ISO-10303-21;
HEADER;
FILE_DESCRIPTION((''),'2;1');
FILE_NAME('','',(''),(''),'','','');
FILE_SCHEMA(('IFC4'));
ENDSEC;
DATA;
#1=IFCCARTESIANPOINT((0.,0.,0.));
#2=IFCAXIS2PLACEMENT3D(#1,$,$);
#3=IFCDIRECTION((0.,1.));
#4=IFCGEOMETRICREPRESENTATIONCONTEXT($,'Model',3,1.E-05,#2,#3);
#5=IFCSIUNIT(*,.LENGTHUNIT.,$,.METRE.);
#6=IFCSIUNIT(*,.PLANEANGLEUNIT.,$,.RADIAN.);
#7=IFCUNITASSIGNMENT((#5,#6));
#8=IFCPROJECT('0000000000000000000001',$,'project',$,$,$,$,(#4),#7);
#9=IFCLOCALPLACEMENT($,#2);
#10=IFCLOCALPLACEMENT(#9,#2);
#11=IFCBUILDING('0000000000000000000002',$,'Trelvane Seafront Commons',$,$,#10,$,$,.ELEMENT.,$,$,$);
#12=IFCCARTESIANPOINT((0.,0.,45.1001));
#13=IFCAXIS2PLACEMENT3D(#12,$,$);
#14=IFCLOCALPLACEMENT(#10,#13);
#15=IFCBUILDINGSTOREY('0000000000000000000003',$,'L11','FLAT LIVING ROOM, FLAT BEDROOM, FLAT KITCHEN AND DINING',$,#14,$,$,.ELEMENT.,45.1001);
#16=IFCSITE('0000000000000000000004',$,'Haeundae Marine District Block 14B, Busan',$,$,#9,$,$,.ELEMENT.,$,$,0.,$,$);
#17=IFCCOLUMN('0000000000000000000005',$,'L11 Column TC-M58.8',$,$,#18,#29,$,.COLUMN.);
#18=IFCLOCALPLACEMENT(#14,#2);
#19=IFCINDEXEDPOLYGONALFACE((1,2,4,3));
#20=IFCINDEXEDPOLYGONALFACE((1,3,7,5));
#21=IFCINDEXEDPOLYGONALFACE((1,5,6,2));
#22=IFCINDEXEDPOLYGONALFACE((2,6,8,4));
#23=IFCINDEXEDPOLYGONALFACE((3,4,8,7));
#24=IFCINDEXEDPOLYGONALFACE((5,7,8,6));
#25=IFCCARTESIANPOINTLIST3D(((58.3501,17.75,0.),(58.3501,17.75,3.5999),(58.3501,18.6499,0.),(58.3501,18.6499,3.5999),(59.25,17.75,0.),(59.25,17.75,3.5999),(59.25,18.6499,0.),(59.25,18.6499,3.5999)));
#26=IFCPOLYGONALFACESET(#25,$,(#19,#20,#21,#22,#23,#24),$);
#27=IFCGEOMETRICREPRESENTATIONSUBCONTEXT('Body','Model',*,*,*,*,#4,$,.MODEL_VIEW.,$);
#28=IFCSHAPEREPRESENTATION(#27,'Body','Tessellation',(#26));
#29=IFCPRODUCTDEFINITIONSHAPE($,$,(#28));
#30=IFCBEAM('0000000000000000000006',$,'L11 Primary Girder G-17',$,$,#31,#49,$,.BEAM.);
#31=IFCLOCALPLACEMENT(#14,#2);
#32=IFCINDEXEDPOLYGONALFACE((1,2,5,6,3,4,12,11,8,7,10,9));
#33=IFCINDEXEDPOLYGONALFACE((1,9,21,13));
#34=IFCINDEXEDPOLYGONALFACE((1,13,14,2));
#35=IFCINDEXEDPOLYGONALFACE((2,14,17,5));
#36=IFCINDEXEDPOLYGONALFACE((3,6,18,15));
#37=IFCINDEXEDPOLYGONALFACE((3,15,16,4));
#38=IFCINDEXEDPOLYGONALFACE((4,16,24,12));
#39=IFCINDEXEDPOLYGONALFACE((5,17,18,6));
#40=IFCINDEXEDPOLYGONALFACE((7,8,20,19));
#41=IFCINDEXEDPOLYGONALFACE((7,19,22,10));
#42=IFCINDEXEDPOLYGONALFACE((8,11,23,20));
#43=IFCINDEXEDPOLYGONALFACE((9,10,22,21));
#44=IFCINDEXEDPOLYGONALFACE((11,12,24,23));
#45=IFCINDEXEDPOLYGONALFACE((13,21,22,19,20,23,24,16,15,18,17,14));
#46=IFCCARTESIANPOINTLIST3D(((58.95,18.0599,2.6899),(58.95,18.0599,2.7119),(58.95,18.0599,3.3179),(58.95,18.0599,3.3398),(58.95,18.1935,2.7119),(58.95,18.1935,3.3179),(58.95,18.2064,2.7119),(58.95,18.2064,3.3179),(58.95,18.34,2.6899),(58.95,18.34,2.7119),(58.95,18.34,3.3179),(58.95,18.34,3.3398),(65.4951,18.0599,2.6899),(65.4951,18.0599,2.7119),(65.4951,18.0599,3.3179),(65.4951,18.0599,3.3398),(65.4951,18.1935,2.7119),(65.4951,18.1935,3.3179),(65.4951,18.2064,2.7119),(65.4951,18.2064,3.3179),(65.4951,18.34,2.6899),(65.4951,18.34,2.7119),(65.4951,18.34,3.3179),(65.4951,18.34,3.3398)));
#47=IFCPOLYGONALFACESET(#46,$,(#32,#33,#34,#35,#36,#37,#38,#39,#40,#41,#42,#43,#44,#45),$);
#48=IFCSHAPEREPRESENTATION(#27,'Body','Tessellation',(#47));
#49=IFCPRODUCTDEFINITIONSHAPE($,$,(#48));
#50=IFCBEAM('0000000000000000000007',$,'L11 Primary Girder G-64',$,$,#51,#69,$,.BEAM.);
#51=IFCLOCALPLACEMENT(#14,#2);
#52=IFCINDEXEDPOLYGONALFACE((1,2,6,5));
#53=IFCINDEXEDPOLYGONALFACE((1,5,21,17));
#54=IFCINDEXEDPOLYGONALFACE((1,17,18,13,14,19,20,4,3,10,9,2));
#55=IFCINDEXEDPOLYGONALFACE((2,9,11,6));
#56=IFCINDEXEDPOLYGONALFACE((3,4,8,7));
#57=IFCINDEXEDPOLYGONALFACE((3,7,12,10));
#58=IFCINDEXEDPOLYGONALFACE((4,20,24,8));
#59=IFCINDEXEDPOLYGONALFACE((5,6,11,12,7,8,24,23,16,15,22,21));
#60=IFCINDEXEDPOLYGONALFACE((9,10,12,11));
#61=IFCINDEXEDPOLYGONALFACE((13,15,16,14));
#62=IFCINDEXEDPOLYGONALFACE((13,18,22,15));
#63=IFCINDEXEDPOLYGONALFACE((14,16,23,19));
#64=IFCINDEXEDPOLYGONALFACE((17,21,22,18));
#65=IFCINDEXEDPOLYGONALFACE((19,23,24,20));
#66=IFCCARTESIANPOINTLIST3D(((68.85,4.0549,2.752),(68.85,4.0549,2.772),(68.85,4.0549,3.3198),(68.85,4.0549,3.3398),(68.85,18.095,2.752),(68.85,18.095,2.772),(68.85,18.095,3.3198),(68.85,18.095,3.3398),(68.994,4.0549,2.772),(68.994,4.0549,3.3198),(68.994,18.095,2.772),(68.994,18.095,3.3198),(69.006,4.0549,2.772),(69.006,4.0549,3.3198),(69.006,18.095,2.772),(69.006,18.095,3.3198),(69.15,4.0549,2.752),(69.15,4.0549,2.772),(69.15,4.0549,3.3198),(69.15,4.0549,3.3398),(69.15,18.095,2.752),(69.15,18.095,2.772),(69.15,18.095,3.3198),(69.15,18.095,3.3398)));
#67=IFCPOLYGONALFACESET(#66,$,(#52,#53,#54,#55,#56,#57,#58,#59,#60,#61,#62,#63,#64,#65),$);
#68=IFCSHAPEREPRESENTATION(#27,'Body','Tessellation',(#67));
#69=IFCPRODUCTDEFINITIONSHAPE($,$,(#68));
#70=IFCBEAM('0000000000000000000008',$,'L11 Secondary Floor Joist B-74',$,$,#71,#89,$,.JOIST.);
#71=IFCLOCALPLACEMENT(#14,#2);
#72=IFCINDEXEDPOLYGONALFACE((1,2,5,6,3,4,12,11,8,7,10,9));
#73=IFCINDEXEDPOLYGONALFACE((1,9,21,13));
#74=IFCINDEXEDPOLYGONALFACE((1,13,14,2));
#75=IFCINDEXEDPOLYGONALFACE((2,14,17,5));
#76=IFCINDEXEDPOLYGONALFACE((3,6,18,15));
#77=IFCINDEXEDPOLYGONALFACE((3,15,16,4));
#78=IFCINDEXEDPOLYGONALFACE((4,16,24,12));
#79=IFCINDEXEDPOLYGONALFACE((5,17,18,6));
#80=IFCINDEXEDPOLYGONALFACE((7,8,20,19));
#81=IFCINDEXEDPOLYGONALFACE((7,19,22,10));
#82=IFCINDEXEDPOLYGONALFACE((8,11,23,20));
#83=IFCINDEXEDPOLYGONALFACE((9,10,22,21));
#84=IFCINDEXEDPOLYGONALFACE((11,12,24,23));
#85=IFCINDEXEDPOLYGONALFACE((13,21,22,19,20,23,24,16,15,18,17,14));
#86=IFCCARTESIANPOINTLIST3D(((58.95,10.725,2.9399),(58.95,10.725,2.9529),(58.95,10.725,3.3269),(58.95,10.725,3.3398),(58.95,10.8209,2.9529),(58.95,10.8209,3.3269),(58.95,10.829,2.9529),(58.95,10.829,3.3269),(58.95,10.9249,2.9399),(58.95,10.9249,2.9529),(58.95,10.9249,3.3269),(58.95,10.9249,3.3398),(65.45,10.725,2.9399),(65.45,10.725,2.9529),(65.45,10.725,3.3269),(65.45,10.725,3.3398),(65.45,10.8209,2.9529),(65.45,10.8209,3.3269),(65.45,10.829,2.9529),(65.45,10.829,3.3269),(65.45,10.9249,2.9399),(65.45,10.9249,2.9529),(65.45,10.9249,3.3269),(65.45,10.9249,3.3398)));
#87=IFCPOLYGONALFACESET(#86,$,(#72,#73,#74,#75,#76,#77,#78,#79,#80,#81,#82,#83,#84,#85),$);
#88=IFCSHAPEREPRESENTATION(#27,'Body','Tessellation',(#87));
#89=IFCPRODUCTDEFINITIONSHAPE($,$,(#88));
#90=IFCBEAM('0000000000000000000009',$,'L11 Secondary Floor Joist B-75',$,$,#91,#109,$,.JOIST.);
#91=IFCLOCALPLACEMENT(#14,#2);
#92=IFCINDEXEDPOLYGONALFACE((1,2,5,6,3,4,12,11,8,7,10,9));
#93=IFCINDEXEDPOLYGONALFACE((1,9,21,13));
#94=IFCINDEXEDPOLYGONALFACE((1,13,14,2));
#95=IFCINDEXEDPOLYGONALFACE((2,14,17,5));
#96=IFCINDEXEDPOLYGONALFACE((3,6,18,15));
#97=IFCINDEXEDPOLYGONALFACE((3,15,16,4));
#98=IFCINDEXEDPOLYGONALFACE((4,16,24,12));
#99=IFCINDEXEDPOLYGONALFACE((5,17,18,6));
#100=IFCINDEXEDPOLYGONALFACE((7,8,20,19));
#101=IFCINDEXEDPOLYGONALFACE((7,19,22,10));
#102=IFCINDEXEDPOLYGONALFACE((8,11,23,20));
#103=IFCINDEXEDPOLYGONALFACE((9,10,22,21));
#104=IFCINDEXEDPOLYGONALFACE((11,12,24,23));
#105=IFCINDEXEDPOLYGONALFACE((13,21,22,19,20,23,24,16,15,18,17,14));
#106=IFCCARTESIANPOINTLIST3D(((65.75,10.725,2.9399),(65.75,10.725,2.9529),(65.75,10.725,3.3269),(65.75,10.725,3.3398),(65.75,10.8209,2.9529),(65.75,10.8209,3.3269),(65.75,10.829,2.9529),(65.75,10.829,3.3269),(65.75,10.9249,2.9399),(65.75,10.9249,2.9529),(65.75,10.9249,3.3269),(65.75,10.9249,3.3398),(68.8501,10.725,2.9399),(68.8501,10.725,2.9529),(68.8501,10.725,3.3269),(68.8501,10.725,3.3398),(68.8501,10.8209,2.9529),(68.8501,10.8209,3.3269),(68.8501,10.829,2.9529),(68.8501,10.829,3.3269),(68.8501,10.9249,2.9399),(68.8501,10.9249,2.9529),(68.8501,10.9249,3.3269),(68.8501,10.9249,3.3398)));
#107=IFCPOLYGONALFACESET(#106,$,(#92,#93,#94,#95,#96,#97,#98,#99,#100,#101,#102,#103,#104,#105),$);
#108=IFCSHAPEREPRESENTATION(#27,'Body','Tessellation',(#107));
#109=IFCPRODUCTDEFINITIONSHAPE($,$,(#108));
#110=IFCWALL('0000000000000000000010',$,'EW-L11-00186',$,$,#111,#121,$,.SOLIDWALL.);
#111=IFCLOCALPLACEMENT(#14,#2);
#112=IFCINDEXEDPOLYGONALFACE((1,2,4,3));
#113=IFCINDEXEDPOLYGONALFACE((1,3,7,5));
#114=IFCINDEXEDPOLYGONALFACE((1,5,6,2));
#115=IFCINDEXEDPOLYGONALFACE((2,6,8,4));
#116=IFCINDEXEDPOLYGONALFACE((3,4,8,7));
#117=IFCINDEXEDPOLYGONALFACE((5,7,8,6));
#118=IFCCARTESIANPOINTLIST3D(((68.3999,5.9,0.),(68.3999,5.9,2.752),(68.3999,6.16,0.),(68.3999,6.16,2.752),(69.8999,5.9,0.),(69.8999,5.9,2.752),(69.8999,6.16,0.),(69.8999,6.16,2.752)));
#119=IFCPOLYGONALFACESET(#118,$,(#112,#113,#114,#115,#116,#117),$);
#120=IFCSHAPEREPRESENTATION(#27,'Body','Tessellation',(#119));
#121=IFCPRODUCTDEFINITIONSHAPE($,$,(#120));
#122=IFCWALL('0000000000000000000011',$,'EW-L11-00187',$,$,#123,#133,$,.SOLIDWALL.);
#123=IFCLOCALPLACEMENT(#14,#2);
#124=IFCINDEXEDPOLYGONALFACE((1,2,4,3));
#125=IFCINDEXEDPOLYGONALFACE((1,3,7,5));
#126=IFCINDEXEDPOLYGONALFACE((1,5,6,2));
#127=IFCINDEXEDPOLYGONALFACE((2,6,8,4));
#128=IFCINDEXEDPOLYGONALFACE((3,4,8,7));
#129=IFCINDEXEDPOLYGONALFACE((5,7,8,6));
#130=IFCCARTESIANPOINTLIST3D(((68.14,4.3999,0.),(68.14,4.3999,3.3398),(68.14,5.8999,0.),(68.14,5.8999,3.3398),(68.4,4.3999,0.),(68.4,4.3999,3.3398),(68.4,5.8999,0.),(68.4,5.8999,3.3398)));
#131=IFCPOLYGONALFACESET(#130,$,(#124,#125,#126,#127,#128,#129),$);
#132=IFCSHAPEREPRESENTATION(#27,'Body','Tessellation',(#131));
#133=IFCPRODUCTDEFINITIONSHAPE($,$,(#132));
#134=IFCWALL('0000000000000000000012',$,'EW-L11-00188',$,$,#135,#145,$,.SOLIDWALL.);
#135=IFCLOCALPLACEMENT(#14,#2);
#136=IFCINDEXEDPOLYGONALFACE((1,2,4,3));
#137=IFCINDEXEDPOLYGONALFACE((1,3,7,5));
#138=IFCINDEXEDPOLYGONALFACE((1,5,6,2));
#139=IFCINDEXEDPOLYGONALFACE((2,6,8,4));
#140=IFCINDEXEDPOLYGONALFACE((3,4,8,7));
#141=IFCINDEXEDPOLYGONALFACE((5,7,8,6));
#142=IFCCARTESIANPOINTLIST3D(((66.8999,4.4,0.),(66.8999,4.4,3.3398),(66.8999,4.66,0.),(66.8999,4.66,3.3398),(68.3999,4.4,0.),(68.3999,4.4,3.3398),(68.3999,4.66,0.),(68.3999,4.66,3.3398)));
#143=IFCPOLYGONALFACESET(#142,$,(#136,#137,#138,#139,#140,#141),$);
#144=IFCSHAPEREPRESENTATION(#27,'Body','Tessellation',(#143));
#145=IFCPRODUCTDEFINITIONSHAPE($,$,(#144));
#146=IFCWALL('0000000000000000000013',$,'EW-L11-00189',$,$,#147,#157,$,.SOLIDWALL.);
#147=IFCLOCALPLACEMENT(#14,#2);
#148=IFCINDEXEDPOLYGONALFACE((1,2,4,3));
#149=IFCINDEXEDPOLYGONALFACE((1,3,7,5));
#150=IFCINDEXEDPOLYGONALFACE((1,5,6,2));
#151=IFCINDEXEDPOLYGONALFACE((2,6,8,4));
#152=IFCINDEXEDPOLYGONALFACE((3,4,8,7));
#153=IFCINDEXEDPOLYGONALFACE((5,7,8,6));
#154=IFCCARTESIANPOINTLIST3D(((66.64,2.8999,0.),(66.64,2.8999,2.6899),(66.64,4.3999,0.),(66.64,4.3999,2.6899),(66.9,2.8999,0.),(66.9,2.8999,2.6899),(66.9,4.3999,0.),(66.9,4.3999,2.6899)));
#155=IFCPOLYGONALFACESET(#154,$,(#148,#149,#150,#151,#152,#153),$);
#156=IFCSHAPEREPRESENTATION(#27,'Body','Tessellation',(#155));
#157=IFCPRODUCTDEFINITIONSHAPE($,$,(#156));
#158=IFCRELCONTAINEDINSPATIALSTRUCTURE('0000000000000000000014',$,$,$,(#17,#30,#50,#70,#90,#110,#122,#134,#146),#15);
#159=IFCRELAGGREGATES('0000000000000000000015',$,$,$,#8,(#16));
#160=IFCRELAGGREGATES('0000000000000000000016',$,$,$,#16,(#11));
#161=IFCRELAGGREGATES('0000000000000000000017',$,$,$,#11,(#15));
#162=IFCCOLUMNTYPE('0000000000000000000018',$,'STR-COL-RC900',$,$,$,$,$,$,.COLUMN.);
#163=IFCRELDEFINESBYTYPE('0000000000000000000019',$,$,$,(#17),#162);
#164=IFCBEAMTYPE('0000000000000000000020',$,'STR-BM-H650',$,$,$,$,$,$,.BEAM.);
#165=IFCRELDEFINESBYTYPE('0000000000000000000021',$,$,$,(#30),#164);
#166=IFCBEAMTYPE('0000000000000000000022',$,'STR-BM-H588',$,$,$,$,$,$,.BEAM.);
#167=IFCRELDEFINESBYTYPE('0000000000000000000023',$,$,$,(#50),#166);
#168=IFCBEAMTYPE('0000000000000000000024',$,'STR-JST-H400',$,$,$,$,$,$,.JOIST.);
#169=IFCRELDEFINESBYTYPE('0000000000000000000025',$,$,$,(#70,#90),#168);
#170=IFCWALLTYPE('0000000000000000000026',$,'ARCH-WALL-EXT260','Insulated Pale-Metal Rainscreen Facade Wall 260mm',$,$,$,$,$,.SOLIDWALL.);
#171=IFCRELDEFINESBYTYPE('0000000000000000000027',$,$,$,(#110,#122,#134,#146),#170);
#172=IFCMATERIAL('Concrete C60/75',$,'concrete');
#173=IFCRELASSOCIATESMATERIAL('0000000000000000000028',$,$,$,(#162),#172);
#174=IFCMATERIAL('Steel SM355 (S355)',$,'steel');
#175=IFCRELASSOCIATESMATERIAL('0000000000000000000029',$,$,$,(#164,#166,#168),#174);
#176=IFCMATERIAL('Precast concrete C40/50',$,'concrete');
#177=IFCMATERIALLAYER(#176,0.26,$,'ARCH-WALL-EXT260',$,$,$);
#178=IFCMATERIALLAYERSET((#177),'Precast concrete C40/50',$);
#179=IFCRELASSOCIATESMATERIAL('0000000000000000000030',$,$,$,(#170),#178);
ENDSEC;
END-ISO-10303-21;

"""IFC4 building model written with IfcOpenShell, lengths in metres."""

from ifc_helpers import new_model, si_unit, direction, frame, frame_2d, origin, origin_2d, place, context, subcontext, project, spatial, rectangle, i_section, extrude, source, transform, mapped, material, layer, layer_set, material_profile, profile_set, type_object, element, save


model = new_model("IFC4")

# Units and contexts
model_context = context("Model", 3, precision=1e-05, world=origin(), true_north=direction((0.0, 1.0)))
body_context = subcontext(model_context, "Body", "Model", "MODEL_VIEW")
ifc_project = project(units=[si_unit("LENGTHUNIT", "METRE"), si_unit("PLANEANGLEUNIT", "RADIAN")], contexts=[model_context])

# Site, building, storey
site_placement = place(None, origin())
site = spatial("IfcSite", under=ifc_project, at=site_placement, Name="Haeundae Marine District Block 14B, Busan", CompositionType="ELEMENT", RefElevation=0.0)
building_placement = place(site_placement, origin())
building = spatial("IfcBuilding", under=site, at=building_placement, Name="Trelvane Seafront Commons", CompositionType="ELEMENT")
storey_placement = place(building_placement, frame((0.0, 0.0, 45.1001)))
storey = spatial("IfcBuildingStorey", under=building, at=storey_placement, Name="L11", Description="FLAT LIVING ROOM, FLAT BEDROOM, FLAT KITCHEN AND DINING", CompositionType="ELEMENT", Elevation=45.1001)

# Column
ifc_material_1 = material(Name="Concrete C60/75", Category="concrete")
ifc_material_profile_1 = material_profile(ifc_material_1, rectangle(XDim=0.8999, YDim=0.8999, at=origin_2d()), Name="RC-900x900")
ifc_profile_set_1 = profile_set([ifc_material_profile_1], Name="Concrete C60/75")
column_type = type_object("IfcColumnType", Name="STR-COL-RC900", PredefinedType="COLUMN", material=ifc_profile_set_1)
shared_shape_1 = source(origin(), body_context, "Body", "SweptSolid", [
    extrude(rectangle(XDim=0.8999, YDim=0.8999, at=origin_2d()), origin(), (0.0, 0.0, 1.0), 3.5999),
])
column_placement = place(storey_placement, frame((58.8, 18.2, 0.0), z_axis=(0.0, 0.0, 1.0), x_axis=(1.0, 0.0, 0.0)))
element("IfcColumn", 1, at=column_placement, inside=storey, type_object=column_type, Name="L11 Column TC-M58.8", PredefinedType="COLUMN", context=body_context, shape_type="MappedRepresentation", body=[
    mapped(shared_shape_1, transform((0.0, 0.0, 0.0), x_axis=(1.0, 0.0, 0.0), y_axis=(0.0, 1.0, 0.0), z_axis=(0.0, 0.0, 1.0), scale=1.0)),
])

# Beams
ifc_material_2 = material(Name="Steel SM355 (S355)", Category="steel")
ifc_material_profile_2 = material_profile(ifc_material_2, i_section(OverallWidth=0.28, OverallDepth=0.6499, WebThickness=0.0129, FlangeThickness=0.022, at=origin_2d()), Name="H-650x280x13x22")
ifc_profile_set_2 = profile_set([ifc_material_profile_2], Name="Steel SM355 (S355)")
beam_type_1 = type_object("IfcBeamType", Name="STR-BM-H650", PredefinedType="BEAM", material=ifc_profile_set_2)
shared_shape_2 = source(origin(), body_context, "Body", "SweptSolid", [
    extrude(i_section(OverallWidth=0.28, OverallDepth=0.6499, WebThickness=0.0129, FlangeThickness=0.022, at=origin_2d()), origin(), (0.0, 0.0, 1.0), 6.5452),
])
beam_1_placement = place(storey_placement, frame((58.95, 18.2, 3.0149), z_axis=(1.0, 0.0, 0.0), x_axis=(0.0, 1.0, 0.0)))
element("IfcBeam", 2, at=beam_1_placement, inside=storey, type_object=beam_type_1, Name="L11 Primary Girder G-17", PredefinedType="BEAM", context=body_context, shape_type="MappedRepresentation", body=[
    mapped(shared_shape_2, transform((0.0, 0.0, 0.0), x_axis=(1.0, 0.0, 0.0), y_axis=(0.0, 1.0, 0.0), z_axis=(0.0, 0.0, 1.0), scale=1.0)),
])
ifc_material_profile_3 = material_profile(ifc_material_2, i_section(OverallWidth=0.3, OverallDepth=0.5879, WebThickness=0.012, FlangeThickness=0.02, at=origin_2d()), Name="H-588x300x12x20")
ifc_profile_set_3 = profile_set([ifc_material_profile_3], Name="Steel SM355 (S355)")
beam_type_2 = type_object("IfcBeamType", Name="STR-BM-H588", PredefinedType="BEAM", material=ifc_profile_set_3)
shared_shape_3 = source(origin(), body_context, "Body", "SweptSolid", [
    extrude(i_section(OverallWidth=0.3, OverallDepth=0.5879, WebThickness=0.012, FlangeThickness=0.02, at=origin_2d()), origin(), (0.0, 0.0, 1.0), 14.04),
])
beam_2_placement = place(storey_placement, frame((69.0, 4.0549, 3.0459), z_axis=(0.0, 1.0, 0.0), x_axis=(-1.0, 0.0, 0.0)))
element("IfcBeam", 3, at=beam_2_placement, inside=storey, type_object=beam_type_2, Name="L11 Primary Girder G-64", PredefinedType="BEAM", context=body_context, shape_type="MappedRepresentation", body=[
    mapped(shared_shape_3, transform((0.0, 0.0, 0.0), x_axis=(1.0, 0.0, 0.0), y_axis=(0.0, 1.0, 0.0), z_axis=(0.0, 0.0, 1.0), scale=1.0)),
])
ifc_material_profile_4 = material_profile(ifc_material_2, i_section(OverallWidth=0.2, OverallDepth=0.3999, WebThickness=0.0081, FlangeThickness=0.0129, at=origin_2d()), Name="H-400x200x8x13")
ifc_profile_set_4 = profile_set([ifc_material_profile_4], Name="Steel SM355 (S355)")
beam_type_3 = type_object("IfcBeamType", Name="STR-JST-H400", PredefinedType="JOIST", material=ifc_profile_set_4)
shared_shape_4 = source(origin(), body_context, "Body", "SweptSolid", [
    extrude(i_section(OverallWidth=0.2, OverallDepth=0.3999, WebThickness=0.0081, FlangeThickness=0.0129, at=origin_2d()), origin(), (0.0, 0.0, 1.0), 6.5),
])
beam_3_placement = place(storey_placement, frame((58.95, 10.825, 3.1399), z_axis=(1.0, 0.0, 0.0), x_axis=(0.0, 1.0, 0.0)))
element("IfcBeam", 4, at=beam_3_placement, inside=storey, type_object=beam_type_3, Name="L11 Secondary Floor Joist B-74", PredefinedType="JOIST", context=body_context, shape_type="MappedRepresentation", body=[
    mapped(shared_shape_4, transform((0.0, 0.0, 0.0), x_axis=(1.0, 0.0, 0.0), y_axis=(0.0, 1.0, 0.0), z_axis=(0.0, 0.0, 1.0), scale=1.0)),
])
shared_shape_5 = source(origin(), body_context, "Body", "SweptSolid", [
    extrude(i_section(OverallWidth=0.2, OverallDepth=0.3999, WebThickness=0.0081, FlangeThickness=0.0129, at=origin_2d()), origin(), (0.0, 0.0, 1.0), 3.1001),
])
beam_4_placement = place(storey_placement, frame((65.75, 10.825, 3.1399), z_axis=(1.0, 0.0, 0.0), x_axis=(0.0, 1.0, 0.0)))
element("IfcBeam", 5, at=beam_4_placement, inside=storey, type_object=beam_type_3, Name="L11 Secondary Floor Joist B-75", PredefinedType="JOIST", context=body_context, shape_type="MappedRepresentation", body=[
    mapped(shared_shape_5, transform((0.0, 0.0, 0.0), x_axis=(1.0, 0.0, 0.0), y_axis=(0.0, 1.0, 0.0), z_axis=(0.0, 0.0, 1.0), scale=1.0)),
])

# Walls
ifc_material_3 = material(Name="Precast concrete C40/50", Category="concrete")
ifc_layer_1 = layer(ifc_material_3, 0.26, Name="ARCH-WALL-EXT260")
ifc_layer_set_1 = layer_set([ifc_layer_1], Name="Precast concrete C40/50")
wall_type_1 = type_object("IfcWallType", Name="ARCH-WALL-EXT260", Description="Insulated Pale-Metal Rainscreen Facade Wall 260mm", PredefinedType="SOLIDWALL", material=ifc_layer_set_1)
wall_1_placement = place(storey_placement, frame((69.8999, 6.03, 0.0), z_axis=(0.0, 0.0, 1.0), x_axis=(-1.0, 0.0, 0.0)))
element("IfcWall", 6, at=wall_1_placement, inside=storey, type_object=wall_type_1, Name="EW-L11-00186", PredefinedType="SOLIDWALL", context=body_context, shape_type="SweptSolid", body=[
    extrude(rectangle(XDim=1.5, YDim=0.26, at=frame_2d((0.75, 0.0))), origin(), (0.0, 0.0, 1.0), 2.752),
])
for number, where, z_axis, x_axis, name in (
    (7, (68.27, 5.8999, 0.0), (0.0, 0.0, 1.0), (0.0, -1.0, 0.0), "EW-L11-00187"),
    (8, (68.3999, 4.53, 0.0), (0.0, 0.0, 1.0), (-1.0, 0.0, 0.0), "EW-L11-00188"),
):
    element("IfcWall", number, at=place(storey_placement, frame(where, z_axis=z_axis, x_axis=x_axis)), inside=storey, type_object=wall_type_1, Name=name, PredefinedType="SOLIDWALL", context=body_context, shape_type="SweptSolid", body=[
        extrude(rectangle(XDim=1.5, YDim=0.26, at=frame_2d((0.75, 0.0))), origin(), (0.0, 0.0, 1.0), 3.3398),
    ])
wall_2_placement = place(storey_placement, frame((66.77, 4.3999, 0.0), z_axis=(0.0, 0.0, 1.0), x_axis=(0.0, -1.0, 0.0)))
element("IfcWall", 9, at=wall_2_placement, inside=storey, type_object=wall_type_1, Name="EW-L11-00189", PredefinedType="SOLIDWALL", context=body_context, shape_type="SweptSolid", body=[
    extrude(rectangle(XDim=1.5, YDim=0.26, at=frame_2d((0.75, 0.0))), origin(), (0.0, 0.0, 1.0), 2.6899),
])

save(model, "model.ifc")
